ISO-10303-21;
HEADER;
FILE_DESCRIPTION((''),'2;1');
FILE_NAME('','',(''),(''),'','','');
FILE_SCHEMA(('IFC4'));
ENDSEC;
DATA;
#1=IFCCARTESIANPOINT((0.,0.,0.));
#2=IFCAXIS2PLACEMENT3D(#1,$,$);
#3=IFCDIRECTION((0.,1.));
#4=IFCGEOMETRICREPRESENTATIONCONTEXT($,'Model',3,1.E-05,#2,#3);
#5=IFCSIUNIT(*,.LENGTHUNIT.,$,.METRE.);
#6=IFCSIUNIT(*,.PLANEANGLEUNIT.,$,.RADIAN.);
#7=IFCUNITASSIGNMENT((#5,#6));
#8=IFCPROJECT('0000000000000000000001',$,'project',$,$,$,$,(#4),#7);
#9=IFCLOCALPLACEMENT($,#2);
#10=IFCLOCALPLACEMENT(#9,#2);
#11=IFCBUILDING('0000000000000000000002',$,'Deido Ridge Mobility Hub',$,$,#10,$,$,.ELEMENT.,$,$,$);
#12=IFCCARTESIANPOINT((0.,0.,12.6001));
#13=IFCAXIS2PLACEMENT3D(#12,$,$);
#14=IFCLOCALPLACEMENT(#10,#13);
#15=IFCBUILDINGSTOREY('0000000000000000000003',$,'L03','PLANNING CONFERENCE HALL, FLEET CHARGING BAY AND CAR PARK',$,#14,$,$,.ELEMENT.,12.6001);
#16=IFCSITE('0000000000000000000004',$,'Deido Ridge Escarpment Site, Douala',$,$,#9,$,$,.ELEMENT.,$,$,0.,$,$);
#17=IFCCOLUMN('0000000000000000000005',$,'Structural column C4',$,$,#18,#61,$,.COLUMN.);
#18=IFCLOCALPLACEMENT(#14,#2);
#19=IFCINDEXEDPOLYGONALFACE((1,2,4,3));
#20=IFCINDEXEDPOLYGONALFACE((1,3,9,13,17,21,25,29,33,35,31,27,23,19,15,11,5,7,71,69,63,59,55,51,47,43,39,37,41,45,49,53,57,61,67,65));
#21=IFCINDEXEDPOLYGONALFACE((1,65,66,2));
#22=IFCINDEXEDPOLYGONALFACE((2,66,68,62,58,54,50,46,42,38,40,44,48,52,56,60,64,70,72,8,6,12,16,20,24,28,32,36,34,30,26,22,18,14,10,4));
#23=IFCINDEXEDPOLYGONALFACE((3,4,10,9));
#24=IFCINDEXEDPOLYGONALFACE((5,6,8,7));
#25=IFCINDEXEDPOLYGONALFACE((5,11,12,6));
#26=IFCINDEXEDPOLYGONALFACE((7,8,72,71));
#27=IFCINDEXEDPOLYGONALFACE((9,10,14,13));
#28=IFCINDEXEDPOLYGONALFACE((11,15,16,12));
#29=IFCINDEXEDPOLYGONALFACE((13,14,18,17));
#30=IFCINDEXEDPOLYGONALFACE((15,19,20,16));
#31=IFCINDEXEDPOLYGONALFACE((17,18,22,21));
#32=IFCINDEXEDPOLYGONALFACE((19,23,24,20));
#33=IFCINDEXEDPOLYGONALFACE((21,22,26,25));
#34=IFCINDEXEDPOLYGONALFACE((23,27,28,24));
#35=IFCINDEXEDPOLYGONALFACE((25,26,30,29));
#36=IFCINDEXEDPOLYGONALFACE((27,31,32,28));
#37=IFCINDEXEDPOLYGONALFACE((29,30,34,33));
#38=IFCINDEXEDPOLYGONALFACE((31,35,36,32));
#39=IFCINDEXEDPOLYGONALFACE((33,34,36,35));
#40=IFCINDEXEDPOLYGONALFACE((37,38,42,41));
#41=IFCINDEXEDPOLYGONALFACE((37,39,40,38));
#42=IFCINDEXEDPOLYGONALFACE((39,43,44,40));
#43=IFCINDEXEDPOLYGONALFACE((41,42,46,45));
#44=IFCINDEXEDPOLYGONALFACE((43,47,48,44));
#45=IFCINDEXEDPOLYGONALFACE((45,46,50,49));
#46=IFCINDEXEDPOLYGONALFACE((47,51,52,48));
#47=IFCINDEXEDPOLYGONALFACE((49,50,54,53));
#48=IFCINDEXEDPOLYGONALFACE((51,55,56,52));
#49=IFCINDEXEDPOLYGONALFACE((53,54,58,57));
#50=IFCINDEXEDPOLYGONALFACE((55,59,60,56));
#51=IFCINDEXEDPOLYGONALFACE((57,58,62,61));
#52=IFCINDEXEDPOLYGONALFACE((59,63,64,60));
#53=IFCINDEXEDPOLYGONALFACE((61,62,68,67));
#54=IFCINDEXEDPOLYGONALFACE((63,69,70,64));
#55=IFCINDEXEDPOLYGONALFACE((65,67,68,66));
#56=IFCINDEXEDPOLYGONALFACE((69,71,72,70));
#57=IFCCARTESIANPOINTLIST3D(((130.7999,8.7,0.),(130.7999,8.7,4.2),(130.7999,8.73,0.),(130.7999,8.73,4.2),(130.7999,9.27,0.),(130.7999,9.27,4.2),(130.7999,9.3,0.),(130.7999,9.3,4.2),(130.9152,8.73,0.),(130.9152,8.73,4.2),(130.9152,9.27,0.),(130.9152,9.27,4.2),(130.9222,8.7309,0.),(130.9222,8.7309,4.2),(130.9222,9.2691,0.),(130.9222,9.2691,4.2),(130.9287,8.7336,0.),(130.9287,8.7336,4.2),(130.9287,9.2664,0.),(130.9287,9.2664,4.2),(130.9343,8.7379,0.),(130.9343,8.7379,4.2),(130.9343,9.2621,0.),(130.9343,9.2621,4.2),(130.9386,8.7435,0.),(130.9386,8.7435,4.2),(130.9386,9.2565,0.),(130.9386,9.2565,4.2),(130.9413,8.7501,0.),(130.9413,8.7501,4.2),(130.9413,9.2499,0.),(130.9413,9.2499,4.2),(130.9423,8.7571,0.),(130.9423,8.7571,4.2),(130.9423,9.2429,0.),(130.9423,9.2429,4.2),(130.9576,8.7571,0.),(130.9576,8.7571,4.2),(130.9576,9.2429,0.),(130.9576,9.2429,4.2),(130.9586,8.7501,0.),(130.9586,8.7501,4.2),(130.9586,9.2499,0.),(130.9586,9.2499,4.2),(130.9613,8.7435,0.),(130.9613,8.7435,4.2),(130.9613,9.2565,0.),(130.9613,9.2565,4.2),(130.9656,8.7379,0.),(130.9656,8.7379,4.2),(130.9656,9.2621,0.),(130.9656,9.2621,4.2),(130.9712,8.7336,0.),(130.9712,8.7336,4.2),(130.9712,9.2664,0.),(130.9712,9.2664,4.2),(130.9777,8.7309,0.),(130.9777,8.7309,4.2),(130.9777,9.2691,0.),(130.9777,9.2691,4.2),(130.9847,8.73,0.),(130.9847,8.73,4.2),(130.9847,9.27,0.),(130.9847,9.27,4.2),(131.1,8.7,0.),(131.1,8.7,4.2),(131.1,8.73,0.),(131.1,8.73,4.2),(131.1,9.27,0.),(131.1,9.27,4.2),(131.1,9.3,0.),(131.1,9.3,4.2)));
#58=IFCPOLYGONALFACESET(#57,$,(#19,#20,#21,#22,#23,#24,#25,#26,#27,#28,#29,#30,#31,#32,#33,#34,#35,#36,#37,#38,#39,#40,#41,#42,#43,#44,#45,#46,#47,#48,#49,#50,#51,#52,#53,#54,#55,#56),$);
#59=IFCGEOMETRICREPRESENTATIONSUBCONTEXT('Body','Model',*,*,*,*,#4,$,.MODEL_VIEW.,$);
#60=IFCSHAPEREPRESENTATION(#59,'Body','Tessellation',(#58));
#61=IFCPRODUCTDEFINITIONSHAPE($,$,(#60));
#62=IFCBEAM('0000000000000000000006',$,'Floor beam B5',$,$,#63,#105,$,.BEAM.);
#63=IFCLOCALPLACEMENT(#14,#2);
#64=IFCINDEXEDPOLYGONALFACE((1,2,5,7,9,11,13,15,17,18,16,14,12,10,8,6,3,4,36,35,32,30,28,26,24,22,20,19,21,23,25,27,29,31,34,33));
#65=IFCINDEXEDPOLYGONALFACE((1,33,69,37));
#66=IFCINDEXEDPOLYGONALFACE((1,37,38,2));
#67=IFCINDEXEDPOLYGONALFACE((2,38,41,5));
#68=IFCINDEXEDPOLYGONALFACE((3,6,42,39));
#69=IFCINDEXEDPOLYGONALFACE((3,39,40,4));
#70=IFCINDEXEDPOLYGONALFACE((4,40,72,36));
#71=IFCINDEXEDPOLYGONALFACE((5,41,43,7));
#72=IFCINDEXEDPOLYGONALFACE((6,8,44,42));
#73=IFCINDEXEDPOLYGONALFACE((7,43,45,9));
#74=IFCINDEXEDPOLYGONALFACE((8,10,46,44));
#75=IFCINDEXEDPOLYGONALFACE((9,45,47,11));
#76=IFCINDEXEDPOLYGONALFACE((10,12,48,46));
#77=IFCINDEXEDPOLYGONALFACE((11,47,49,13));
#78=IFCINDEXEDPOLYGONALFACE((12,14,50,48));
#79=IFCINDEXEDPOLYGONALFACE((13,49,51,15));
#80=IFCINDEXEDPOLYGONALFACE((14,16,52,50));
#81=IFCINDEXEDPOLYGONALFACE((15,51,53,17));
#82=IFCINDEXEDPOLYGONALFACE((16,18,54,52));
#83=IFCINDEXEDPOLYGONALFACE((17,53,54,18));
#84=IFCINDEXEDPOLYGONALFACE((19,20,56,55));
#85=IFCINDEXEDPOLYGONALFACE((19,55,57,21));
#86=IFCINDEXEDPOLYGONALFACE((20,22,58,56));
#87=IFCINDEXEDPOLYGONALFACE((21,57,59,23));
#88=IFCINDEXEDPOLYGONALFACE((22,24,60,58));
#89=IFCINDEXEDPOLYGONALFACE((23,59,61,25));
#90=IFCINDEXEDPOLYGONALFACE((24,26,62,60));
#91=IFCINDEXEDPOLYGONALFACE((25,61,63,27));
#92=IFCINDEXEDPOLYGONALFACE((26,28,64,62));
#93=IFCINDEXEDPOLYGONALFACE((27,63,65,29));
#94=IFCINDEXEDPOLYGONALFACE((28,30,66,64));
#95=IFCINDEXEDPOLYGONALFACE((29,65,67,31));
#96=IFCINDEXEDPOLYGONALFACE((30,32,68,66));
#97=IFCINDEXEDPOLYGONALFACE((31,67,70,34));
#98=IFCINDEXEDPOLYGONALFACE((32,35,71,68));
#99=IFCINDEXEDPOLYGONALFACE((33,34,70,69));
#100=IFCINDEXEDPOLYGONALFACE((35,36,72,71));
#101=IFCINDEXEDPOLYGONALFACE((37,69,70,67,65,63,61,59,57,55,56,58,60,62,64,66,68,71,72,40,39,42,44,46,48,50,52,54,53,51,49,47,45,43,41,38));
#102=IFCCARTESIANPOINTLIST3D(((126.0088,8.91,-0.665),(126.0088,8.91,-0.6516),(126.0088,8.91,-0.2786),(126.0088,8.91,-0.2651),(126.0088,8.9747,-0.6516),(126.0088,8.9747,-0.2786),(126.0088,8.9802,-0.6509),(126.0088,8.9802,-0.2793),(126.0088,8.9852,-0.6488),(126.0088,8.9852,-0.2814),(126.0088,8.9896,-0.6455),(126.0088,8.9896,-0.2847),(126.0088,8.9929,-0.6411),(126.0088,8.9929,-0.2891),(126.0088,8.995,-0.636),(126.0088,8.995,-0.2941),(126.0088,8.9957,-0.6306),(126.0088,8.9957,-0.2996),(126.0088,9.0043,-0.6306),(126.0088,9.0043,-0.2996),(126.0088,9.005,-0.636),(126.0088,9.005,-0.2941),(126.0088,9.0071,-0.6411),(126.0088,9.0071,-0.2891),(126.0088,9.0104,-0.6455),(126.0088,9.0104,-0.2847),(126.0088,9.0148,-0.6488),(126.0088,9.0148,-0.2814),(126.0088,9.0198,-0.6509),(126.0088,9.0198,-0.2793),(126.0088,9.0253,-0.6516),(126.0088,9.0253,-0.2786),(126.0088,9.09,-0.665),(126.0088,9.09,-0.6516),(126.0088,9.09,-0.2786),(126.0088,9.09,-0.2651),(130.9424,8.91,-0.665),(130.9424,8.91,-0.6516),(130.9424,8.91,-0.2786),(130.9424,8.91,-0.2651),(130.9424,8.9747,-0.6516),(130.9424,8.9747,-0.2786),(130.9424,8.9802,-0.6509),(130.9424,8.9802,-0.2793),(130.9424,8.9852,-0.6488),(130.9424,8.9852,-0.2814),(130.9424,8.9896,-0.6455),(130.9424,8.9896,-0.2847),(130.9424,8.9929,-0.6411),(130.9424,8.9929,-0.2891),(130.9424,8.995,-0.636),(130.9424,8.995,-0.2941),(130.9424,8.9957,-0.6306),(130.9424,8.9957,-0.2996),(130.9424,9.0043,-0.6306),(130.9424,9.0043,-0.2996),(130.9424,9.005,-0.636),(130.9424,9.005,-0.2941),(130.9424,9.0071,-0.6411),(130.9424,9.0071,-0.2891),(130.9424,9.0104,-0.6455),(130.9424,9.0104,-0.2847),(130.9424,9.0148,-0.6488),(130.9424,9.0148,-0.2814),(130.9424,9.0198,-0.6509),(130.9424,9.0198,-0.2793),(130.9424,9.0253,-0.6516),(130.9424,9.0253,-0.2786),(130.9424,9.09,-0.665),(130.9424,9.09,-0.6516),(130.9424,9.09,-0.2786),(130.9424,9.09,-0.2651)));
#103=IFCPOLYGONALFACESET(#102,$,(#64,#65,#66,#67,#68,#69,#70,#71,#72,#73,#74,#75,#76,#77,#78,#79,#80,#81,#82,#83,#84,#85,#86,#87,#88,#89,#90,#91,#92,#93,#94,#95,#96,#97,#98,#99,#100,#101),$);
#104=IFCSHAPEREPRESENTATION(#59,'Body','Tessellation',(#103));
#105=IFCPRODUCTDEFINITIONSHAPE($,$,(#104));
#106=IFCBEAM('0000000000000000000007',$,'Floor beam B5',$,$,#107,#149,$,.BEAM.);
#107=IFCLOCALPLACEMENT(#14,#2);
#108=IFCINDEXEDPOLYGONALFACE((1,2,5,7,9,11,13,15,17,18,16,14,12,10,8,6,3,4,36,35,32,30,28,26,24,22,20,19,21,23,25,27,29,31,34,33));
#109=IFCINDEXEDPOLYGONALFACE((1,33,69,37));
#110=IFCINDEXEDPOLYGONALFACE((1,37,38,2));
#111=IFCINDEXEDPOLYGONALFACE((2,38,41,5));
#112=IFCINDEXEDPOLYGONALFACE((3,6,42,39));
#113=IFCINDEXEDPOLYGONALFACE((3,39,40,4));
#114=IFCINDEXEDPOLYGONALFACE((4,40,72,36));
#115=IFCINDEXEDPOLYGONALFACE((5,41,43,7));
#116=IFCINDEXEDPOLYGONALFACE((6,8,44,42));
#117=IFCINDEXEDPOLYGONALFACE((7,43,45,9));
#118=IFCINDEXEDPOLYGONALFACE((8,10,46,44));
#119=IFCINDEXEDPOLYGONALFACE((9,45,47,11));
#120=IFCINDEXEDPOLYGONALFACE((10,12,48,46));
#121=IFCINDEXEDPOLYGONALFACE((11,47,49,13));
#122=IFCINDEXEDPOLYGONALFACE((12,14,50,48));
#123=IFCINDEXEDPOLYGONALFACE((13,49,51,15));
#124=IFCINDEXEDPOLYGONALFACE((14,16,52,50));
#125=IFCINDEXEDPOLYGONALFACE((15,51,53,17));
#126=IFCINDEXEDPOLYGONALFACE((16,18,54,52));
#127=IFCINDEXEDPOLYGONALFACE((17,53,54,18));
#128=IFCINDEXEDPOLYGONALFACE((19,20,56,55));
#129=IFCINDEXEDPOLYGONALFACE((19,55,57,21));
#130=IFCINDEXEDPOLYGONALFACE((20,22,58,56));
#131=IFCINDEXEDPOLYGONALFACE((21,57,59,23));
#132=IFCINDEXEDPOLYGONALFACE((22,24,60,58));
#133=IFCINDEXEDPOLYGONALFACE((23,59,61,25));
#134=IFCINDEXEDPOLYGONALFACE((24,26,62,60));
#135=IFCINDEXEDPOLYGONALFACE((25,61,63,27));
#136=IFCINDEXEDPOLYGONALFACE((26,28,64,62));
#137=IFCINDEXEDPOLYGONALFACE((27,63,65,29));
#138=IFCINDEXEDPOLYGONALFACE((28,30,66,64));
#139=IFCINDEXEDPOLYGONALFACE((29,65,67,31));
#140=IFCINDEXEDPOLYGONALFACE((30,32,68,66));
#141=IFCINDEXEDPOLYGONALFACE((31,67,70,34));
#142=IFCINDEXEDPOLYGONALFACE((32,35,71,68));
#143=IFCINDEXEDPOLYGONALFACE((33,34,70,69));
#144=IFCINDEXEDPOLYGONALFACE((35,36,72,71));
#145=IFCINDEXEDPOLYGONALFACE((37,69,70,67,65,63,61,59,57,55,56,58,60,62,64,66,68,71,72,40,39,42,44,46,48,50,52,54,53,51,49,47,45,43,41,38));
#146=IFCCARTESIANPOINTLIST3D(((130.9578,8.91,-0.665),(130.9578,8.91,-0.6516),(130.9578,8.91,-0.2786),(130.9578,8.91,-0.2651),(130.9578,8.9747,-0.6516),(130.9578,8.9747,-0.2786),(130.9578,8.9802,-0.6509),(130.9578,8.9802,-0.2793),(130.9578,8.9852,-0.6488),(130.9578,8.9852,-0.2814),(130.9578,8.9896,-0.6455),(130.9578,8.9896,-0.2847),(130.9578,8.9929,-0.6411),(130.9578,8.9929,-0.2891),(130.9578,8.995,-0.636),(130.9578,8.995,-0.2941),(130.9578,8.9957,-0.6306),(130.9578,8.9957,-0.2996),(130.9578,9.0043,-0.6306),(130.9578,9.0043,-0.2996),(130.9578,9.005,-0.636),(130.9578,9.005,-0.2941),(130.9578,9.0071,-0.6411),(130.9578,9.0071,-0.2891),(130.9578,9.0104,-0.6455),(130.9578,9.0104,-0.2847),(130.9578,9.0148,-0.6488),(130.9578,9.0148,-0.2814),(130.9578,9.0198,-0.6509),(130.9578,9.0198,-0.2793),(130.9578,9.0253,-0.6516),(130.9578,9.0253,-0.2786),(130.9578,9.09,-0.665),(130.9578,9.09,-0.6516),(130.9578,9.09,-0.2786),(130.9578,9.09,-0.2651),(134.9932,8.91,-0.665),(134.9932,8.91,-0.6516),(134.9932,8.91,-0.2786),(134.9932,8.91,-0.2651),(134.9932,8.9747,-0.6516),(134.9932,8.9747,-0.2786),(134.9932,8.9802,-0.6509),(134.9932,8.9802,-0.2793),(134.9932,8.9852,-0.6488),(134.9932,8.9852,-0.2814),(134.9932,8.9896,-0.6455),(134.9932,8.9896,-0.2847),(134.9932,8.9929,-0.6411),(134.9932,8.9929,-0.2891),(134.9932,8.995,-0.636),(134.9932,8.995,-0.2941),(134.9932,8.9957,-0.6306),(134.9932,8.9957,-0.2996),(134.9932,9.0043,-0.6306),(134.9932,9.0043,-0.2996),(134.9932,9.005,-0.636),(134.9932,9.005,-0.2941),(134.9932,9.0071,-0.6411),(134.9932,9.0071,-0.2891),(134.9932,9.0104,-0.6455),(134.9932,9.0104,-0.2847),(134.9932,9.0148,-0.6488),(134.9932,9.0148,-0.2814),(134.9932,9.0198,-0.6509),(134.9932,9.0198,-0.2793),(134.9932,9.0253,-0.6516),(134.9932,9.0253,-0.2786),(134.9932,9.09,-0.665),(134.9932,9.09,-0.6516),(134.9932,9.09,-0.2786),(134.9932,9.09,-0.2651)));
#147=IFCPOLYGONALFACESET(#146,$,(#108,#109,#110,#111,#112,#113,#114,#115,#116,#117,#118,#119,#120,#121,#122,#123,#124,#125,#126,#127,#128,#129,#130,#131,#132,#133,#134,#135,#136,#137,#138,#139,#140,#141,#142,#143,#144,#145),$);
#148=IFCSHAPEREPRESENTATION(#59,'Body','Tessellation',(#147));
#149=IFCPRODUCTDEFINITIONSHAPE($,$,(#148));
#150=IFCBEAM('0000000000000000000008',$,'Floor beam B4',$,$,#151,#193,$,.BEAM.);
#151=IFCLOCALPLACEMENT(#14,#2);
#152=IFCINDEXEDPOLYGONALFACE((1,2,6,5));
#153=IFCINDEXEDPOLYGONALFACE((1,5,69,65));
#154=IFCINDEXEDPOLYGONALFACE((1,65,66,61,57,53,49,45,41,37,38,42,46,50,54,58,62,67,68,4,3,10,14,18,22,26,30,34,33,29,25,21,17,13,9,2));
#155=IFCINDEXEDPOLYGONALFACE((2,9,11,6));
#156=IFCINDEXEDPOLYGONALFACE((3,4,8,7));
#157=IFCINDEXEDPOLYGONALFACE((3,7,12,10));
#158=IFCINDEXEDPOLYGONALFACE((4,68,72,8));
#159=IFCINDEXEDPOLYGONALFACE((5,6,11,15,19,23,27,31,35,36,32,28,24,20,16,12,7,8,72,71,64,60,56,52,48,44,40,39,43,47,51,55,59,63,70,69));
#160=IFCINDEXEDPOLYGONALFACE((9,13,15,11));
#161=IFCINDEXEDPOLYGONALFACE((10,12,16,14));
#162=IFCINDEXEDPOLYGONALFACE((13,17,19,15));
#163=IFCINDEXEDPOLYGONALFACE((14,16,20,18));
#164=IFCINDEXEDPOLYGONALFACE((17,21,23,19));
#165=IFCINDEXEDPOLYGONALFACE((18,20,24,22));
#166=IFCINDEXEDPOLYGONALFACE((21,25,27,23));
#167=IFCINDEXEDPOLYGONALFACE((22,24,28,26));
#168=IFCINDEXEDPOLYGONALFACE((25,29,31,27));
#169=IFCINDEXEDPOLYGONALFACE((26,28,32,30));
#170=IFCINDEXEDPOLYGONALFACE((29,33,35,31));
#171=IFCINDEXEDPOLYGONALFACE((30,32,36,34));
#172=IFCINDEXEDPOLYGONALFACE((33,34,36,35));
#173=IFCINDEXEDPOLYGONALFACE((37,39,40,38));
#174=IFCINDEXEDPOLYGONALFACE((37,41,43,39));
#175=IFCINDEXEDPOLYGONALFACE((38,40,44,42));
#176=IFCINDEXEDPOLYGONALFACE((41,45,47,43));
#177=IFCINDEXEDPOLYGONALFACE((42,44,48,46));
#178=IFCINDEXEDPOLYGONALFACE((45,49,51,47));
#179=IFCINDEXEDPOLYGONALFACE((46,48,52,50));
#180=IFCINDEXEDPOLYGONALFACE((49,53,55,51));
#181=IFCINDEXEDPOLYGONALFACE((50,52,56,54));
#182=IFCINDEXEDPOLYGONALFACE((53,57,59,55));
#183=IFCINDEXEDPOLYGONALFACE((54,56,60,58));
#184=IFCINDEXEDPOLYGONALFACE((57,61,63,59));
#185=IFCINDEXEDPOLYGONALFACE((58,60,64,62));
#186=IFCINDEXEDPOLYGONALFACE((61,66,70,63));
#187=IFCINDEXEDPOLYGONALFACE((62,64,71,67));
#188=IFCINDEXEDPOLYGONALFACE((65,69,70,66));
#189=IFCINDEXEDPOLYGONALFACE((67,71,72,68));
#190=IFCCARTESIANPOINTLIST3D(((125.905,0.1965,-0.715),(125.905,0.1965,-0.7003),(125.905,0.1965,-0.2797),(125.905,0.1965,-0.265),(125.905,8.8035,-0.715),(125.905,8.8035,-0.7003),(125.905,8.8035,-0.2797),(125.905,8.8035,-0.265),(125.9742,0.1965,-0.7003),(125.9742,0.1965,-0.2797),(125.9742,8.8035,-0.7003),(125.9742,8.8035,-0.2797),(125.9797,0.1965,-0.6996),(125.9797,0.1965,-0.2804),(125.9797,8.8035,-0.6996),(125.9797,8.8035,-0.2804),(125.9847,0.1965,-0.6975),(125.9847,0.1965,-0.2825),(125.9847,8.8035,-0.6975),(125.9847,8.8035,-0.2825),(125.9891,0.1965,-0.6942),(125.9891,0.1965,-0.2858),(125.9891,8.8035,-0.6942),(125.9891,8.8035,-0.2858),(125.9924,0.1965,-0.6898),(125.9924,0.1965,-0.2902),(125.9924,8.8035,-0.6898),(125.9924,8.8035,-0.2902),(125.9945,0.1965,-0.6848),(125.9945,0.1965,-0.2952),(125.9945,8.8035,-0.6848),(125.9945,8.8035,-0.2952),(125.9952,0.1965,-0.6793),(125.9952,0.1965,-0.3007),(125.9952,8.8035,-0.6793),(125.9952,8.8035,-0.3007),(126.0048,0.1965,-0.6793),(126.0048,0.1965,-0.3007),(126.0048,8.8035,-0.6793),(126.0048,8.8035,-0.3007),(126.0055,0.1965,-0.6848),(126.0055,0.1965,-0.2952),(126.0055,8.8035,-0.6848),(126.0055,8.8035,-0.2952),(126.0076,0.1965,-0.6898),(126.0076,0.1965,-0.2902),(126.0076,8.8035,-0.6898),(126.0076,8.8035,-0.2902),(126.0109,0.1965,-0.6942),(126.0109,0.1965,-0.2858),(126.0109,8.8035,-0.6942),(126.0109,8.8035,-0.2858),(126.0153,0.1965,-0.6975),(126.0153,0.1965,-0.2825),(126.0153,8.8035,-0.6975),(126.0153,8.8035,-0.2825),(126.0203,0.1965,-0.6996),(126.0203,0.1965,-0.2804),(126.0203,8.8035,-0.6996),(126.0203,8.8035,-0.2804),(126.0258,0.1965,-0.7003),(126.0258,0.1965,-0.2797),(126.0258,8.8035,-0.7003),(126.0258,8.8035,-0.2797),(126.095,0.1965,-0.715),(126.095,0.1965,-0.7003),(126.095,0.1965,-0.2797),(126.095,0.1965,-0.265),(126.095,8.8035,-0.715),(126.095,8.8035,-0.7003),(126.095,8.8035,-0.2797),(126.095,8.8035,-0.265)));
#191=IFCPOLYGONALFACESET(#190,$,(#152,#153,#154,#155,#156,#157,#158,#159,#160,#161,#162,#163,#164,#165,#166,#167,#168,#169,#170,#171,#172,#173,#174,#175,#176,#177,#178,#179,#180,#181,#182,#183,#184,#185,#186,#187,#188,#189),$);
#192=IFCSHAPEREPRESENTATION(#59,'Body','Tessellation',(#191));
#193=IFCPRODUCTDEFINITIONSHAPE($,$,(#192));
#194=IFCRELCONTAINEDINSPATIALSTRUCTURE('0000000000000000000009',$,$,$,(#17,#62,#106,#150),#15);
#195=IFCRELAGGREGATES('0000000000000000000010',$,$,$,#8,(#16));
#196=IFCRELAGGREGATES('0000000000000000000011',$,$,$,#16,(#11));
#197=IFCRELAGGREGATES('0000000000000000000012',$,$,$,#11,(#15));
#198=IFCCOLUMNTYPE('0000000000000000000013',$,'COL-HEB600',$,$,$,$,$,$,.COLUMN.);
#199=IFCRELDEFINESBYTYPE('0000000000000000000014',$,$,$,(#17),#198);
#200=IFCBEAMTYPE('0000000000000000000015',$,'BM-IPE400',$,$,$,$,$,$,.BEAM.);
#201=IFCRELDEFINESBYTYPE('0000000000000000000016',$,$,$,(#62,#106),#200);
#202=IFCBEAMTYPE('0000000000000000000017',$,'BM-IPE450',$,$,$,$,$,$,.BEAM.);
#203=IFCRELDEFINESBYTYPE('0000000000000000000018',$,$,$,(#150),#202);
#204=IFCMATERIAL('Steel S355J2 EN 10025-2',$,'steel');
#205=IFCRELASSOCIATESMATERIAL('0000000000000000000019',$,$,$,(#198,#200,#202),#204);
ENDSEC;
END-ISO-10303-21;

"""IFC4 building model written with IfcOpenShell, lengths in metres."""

from ifc_helpers import new_model, si_unit, direction, frame, origin, origin_2d, place, context, subcontext, project, spatial, i_section, extrude, material, material_profile, profile_set, type_object, element, save


model = new_model("IFC4")

# Units and contexts
model_context = context("Model", 3, precision=1e-05, world=origin(), true_north=direction((0.0, 1.0)))
body_context = subcontext(model_context, "Body", "Model", "MODEL_VIEW")
ifc_project = project(units=[si_unit("LENGTHUNIT", "METRE"), si_unit("PLANEANGLEUNIT", "RADIAN")], contexts=[model_context])

# Site, building, storey
site_placement = place(None, origin())
site = spatial("IfcSite", under=ifc_project, at=site_placement, Name="Deido Ridge Escarpment Site, Douala", CompositionType="ELEMENT", RefElevation=0.0)
building_placement = place(site_placement, origin())
building = spatial("IfcBuilding", under=site, at=building_placement, Name="Deido Ridge Mobility Hub", CompositionType="ELEMENT")
storey_placement = place(building_placement, frame((0.0, 0.0, 12.6001)))
storey = spatial("IfcBuildingStorey", under=building, at=storey_placement, Name="L03", Description="PLANNING CONFERENCE HALL, FLEET CHARGING BAY AND CAR PARK", CompositionType="ELEMENT", Elevation=12.6001)

# Column
ifc_material_1 = material(Name="Steel S355J2 EN 10025-2", Category="steel")
ifc_material_profile_1 = material_profile(ifc_material_1, i_section(OverallWidth=0.3, OverallDepth=0.6001, WebThickness=0.0154, FlangeThickness=0.03, FilletRadius=0.0271, at=origin_2d()), Name="HEB 600")
ifc_profile_set_1 = profile_set([ifc_material_profile_1], Name="Steel S355J2 EN 10025-2")
column_type_1 = type_object("IfcColumnType", Name="COL-HEB600", PredefinedType="COLUMN", material=ifc_profile_set_1)
for number, where, z_axis, x_axis, name in (
    (1, (130.95, 9.0, 0.0), (0.0, 0.0, 1.0), (1.0, 0.0, 0.0), "Structural column C4"),
):
    element("IfcColumn", number, at=place(storey_placement, frame(where, z_axis=z_axis, x_axis=x_axis)), inside=storey, type_object=column_type_1, Name=name, PredefinedType="COLUMN", context=body_context, shape_type="SweptSolid", body=[
        extrude(i_section(OverallWidth=0.3, OverallDepth=0.6001, WebThickness=0.0154, FlangeThickness=0.03, FilletRadius=0.0271, at=origin_2d()), origin(), (0.0, 0.0, 1.0), 4.2),
    ])

# Beams
ifc_material_profile_2 = material_profile(ifc_material_1, i_section(OverallWidth=0.1799, OverallDepth=0.3999, WebThickness=0.0085, FlangeThickness=0.0134, FilletRadius=0.021, at=origin_2d()), Name="IPE 400")
ifc_profile_set_2 = profile_set([ifc_material_profile_2], Name="Steel S355J2 EN 10025-2")
beam_type_1 = type_object("IfcBeamType", Name="BM-IPE400", PredefinedType="BEAM", material=ifc_profile_set_2)
beam_1_placement = place(storey_placement, frame((126.0088, 9.0, -0.4651), z_axis=(1.0, 0.0, 0.0), x_axis=(0.0, 1.0, 0.0)))
element("IfcBeam", 2, at=beam_1_placement, inside=storey, type_object=beam_type_1, Name="Floor beam B5", PredefinedType="BEAM", context=body_context, shape_type="SweptSolid", body=[
    extrude(i_section(OverallWidth=0.1799, OverallDepth=0.3999, WebThickness=0.0085, FlangeThickness=0.0134, FilletRadius=0.021, at=origin_2d()), origin(), (0.0, 0.0, 1.0), 4.9336),
])
beam_2_placement = place(storey_placement, frame((130.9578, 9.0, -0.4651), z_axis=(1.0, 0.0, 0.0), x_axis=(0.0, 1.0, 0.0)))
element("IfcBeam", 3, at=beam_2_placement, inside=storey, type_object=beam_type_1, Name="Floor beam B5", PredefinedType="BEAM", context=body_context, shape_type="SweptSolid", body=[
    extrude(i_section(OverallWidth=0.1799, OverallDepth=0.3999, WebThickness=0.0085, FlangeThickness=0.0134, FilletRadius=0.021, at=origin_2d()), origin(), (0.0, 0.0, 1.0), 4.0354),
])
ifc_material_profile_3 = material_profile(ifc_material_1, i_section(OverallWidth=0.1899, OverallDepth=0.45, WebThickness=0.0095, FlangeThickness=0.0146, FilletRadius=0.021, at=origin_2d()), Name="IPE 450")
ifc_profile_set_3 = profile_set([ifc_material_profile_3], Name="Steel S355J2 EN 10025-2")
beam_type_2 = type_object("IfcBeamType", Name="BM-IPE450", PredefinedType="BEAM", material=ifc_profile_set_3)
for number, where, z_axis, x_axis, name in (
    (4, (126.0, 0.1965, -0.49), (0.0, 1.0, 0.0), (-1.0, 0.0, 0.0), "Floor beam B4"),
):
    element("IfcBeam", number, at=place(storey_placement, frame(where, z_axis=z_axis, x_axis=x_axis)), inside=storey, type_object=beam_type_2, Name=name, PredefinedType="BEAM", context=body_context, shape_type="SweptSolid", body=[
        extrude(i_section(OverallWidth=0.1899, OverallDepth=0.45, WebThickness=0.0095, FlangeThickness=0.0146, FilletRadius=0.021, at=origin_2d()), origin(), (0.0, 0.0, 1.0), 8.6069),
    ])

save(model, "model.ifc")
